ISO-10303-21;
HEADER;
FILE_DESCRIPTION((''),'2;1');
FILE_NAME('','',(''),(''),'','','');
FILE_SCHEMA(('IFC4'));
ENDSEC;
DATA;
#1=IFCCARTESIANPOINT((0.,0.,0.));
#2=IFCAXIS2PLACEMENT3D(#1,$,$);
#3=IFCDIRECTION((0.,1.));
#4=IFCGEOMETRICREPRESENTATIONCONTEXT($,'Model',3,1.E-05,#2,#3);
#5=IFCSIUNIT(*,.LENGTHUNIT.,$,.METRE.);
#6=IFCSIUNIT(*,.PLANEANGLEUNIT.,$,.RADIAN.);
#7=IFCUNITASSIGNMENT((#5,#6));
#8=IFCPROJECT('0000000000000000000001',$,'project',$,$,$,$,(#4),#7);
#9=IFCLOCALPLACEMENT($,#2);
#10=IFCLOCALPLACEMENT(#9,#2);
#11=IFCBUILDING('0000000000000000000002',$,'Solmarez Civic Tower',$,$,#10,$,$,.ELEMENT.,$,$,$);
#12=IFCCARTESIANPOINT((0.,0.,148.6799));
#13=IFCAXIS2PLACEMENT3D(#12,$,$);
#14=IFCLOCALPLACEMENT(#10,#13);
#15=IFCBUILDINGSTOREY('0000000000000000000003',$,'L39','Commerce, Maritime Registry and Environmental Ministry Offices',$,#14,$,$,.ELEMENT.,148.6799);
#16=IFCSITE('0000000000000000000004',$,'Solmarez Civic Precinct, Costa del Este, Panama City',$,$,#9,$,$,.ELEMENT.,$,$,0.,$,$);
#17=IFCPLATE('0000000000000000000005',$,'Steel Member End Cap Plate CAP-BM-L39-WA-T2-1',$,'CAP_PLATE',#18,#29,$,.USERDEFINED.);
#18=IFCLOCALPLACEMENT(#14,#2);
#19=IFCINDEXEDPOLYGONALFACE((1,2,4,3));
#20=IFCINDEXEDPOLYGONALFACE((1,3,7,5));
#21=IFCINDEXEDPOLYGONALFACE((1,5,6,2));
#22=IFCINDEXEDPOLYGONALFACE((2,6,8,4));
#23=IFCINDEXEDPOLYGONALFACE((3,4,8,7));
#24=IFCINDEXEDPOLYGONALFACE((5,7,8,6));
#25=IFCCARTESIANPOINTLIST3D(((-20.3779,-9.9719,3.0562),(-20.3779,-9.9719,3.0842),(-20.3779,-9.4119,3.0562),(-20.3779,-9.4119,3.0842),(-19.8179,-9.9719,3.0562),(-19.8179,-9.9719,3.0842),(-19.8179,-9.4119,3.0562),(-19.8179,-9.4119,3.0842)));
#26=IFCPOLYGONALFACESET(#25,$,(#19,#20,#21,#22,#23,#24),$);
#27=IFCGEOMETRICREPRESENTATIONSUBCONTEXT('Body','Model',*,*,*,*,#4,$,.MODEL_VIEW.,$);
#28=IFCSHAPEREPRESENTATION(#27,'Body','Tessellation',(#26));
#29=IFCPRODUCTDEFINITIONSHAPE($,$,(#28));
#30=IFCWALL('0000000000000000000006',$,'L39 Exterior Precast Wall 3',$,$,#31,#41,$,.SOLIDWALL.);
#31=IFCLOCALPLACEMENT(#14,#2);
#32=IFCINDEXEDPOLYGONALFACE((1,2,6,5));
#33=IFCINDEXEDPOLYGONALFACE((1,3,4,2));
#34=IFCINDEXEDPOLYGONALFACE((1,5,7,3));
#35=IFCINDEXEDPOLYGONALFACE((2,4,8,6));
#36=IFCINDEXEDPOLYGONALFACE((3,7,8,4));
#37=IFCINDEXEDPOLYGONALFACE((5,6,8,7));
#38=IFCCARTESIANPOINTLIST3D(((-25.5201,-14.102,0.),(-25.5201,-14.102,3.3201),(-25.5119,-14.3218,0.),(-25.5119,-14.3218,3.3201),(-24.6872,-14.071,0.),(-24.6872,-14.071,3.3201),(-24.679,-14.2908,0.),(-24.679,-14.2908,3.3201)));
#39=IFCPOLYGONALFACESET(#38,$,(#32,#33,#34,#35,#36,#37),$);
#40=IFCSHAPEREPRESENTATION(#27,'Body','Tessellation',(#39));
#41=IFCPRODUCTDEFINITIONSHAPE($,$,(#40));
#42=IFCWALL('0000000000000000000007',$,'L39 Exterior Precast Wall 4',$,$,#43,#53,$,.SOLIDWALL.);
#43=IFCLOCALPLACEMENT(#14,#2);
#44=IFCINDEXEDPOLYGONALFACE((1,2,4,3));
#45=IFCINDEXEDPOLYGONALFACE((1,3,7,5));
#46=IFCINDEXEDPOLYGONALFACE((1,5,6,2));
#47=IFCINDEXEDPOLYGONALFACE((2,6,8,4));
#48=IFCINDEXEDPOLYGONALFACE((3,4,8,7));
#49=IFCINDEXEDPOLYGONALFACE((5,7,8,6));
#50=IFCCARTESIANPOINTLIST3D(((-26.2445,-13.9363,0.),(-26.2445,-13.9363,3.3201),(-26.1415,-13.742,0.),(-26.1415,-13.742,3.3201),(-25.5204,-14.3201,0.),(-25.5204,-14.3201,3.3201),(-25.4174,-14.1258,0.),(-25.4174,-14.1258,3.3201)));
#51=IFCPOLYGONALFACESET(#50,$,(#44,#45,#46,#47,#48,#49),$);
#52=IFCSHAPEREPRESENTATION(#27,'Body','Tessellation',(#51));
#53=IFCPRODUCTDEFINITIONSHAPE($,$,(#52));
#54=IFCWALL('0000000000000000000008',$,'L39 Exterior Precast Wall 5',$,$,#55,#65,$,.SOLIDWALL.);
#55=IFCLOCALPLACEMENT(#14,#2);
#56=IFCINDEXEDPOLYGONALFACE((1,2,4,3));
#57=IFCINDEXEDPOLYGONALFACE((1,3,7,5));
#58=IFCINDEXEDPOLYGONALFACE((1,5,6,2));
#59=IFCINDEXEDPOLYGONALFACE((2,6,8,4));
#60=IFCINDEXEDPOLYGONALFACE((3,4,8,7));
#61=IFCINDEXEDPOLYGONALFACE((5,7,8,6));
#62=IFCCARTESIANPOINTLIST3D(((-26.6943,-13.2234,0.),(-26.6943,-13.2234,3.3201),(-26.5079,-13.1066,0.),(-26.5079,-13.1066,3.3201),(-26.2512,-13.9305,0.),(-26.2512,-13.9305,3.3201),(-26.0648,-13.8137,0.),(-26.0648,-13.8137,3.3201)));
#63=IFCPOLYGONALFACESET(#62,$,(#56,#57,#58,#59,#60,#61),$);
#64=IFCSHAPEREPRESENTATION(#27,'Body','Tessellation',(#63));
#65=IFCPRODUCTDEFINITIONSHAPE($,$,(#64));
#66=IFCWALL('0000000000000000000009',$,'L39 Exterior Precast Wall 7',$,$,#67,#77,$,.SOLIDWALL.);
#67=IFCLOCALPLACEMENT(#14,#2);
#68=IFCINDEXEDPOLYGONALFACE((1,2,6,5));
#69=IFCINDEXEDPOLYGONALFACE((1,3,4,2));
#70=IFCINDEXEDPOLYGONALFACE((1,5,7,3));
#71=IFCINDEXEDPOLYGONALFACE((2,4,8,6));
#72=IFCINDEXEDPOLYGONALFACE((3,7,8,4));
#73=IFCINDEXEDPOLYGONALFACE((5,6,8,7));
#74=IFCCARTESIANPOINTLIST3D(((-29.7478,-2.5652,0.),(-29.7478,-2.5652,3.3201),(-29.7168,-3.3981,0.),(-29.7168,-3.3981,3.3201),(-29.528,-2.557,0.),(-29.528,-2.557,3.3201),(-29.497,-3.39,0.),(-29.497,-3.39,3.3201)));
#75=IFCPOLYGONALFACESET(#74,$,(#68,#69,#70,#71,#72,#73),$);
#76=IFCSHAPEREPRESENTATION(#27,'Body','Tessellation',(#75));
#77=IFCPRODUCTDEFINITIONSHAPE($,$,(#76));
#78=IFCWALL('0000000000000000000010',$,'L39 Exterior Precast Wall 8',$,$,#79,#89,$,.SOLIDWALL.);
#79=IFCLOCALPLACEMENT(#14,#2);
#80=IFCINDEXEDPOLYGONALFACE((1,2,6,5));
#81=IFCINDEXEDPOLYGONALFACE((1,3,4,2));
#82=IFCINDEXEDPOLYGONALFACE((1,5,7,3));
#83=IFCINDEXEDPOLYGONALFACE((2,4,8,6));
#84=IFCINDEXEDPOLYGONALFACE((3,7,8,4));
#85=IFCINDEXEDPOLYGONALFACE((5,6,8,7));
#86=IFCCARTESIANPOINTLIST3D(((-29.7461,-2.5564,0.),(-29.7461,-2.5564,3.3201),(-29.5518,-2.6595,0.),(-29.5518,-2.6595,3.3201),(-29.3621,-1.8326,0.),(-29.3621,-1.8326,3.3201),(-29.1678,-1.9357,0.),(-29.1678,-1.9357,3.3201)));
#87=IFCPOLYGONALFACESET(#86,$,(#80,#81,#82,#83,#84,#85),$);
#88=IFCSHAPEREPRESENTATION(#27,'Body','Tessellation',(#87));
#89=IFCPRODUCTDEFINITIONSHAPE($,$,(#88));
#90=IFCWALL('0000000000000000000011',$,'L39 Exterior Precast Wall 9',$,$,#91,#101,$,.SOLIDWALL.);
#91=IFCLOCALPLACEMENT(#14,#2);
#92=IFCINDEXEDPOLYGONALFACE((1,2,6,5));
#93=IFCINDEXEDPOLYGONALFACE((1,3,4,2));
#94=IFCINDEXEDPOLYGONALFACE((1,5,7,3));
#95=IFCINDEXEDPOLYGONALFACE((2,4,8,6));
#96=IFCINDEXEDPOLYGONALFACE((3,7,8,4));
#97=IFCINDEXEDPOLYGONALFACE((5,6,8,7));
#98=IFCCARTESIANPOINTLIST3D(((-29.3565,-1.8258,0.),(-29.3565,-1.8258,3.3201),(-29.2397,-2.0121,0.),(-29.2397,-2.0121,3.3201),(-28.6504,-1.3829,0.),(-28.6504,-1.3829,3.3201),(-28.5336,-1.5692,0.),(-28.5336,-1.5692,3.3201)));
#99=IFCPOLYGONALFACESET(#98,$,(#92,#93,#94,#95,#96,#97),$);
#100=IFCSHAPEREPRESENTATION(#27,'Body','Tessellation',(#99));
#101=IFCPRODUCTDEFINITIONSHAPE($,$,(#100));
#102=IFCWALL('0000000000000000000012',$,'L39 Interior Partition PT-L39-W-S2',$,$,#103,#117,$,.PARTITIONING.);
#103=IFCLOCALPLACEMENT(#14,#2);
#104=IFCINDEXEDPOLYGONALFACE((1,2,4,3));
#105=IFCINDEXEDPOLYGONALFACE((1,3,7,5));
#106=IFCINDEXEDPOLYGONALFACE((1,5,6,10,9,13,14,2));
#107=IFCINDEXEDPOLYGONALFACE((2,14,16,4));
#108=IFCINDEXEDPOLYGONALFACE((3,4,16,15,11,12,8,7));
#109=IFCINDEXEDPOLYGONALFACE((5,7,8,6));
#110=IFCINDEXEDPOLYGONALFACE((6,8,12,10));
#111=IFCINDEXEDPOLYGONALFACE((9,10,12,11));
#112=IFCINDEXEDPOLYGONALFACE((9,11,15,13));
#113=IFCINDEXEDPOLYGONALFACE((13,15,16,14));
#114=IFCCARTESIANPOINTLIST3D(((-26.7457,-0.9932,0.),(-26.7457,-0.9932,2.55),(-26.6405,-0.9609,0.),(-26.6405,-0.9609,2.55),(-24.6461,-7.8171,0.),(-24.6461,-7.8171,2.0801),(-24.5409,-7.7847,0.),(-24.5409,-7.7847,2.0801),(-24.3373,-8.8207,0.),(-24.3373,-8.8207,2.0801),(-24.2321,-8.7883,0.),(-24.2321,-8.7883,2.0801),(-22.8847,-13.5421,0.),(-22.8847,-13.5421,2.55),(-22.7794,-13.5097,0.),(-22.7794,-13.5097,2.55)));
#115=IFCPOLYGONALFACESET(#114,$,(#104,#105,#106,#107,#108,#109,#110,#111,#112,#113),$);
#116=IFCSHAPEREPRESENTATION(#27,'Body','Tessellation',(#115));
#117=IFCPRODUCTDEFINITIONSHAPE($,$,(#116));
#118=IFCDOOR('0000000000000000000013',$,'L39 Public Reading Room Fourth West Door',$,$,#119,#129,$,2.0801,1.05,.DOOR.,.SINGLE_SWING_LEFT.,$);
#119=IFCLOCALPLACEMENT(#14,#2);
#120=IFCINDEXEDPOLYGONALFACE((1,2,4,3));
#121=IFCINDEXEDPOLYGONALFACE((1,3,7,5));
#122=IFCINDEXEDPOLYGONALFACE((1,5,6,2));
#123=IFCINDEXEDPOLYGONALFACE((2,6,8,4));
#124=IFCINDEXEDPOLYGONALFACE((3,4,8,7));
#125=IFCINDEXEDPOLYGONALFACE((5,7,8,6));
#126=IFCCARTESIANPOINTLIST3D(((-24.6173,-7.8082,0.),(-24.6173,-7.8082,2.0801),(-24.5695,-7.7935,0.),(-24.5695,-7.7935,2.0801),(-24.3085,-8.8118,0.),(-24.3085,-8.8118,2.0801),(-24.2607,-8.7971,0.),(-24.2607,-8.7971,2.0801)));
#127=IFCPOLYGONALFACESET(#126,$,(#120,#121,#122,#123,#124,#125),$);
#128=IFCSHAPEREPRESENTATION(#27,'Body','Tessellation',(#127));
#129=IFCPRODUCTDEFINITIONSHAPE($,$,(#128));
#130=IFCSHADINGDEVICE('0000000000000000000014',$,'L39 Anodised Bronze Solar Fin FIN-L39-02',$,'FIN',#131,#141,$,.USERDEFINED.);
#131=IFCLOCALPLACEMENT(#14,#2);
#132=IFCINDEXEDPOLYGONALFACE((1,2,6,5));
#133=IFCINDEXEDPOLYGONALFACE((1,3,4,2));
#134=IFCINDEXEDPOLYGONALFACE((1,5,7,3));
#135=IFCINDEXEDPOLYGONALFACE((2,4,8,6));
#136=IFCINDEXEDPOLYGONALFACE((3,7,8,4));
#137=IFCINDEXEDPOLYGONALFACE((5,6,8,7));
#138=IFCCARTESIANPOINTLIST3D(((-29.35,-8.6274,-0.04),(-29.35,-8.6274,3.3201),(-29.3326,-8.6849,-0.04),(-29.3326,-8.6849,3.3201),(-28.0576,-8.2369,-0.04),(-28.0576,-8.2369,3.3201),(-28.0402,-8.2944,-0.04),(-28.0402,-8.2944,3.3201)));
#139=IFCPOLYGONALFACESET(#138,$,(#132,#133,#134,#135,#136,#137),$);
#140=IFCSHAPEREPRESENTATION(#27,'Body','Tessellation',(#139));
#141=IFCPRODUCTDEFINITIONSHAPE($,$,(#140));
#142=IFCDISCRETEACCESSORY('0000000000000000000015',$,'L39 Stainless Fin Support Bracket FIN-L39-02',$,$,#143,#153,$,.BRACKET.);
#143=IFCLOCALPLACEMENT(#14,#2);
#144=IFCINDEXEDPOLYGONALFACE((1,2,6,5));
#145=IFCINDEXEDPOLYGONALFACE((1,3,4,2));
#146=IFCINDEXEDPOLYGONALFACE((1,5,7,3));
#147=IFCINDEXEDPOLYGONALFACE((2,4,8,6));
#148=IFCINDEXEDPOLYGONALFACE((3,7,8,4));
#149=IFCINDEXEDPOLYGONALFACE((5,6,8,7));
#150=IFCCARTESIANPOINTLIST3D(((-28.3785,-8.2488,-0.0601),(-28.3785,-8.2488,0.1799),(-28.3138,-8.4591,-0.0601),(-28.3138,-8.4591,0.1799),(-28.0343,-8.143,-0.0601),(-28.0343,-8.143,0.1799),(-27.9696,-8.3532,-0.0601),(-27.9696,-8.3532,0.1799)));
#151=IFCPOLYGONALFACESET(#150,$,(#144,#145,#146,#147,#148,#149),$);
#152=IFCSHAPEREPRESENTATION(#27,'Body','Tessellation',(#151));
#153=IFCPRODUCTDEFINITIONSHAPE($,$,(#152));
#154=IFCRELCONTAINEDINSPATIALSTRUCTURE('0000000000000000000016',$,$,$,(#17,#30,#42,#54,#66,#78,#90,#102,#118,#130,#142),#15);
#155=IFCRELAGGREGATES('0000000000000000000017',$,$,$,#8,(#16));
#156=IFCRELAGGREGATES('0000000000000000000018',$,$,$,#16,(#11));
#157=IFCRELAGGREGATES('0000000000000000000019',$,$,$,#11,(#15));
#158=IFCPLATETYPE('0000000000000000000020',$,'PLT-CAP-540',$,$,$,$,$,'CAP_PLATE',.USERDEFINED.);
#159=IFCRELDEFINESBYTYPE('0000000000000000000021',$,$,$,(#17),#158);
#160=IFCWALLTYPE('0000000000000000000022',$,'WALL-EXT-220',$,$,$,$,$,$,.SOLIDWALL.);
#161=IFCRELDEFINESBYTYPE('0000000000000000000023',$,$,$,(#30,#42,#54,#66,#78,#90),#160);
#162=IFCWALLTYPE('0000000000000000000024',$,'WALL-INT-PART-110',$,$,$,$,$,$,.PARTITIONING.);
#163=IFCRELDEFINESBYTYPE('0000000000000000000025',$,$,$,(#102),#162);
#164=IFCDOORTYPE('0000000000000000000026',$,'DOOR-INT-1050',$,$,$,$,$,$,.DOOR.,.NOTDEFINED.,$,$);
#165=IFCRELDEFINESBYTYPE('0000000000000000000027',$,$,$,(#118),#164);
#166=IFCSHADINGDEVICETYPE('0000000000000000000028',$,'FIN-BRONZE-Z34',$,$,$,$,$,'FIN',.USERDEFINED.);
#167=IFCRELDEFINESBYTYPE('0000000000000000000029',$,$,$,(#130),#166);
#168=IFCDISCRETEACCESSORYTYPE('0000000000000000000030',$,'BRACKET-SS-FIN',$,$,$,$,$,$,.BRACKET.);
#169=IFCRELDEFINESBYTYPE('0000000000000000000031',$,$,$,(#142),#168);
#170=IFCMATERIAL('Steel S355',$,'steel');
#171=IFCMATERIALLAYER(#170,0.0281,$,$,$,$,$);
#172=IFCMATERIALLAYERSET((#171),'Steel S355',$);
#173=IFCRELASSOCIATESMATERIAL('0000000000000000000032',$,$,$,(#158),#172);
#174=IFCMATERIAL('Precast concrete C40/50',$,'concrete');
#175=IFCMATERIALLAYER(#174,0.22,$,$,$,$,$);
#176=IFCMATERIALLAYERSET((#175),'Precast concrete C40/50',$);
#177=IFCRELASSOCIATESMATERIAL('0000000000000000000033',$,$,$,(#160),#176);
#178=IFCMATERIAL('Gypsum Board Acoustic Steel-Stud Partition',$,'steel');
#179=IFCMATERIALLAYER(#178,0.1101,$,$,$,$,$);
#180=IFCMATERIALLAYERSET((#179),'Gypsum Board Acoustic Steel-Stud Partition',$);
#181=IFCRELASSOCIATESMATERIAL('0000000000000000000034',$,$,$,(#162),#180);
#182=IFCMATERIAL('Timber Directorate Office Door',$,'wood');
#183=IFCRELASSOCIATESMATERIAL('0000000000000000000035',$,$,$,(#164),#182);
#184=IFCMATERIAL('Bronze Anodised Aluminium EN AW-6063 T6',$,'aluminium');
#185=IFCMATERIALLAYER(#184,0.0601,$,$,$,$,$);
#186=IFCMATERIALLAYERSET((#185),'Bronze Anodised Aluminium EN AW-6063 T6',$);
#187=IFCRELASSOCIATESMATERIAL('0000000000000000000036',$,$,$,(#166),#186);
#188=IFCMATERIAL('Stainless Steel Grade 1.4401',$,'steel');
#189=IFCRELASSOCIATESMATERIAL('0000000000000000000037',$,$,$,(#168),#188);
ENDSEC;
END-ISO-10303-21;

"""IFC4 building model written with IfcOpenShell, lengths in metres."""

from ifc_helpers import new_model, si_unit, direction, frame, frame_2d, origin, origin_2d, place, context, subcontext, project, spatial, rectangle, extrude, material, layer, layer_set, type_object, element, fill, save


model = new_model("IFC4")

# Units and contexts
model_context = context("Model", 3, precision=1e-05, world=origin(), true_north=direction((0.0, 1.0)))
body_context = subcontext(model_context, "Body", "Model", "MODEL_VIEW")
ifc_project = project(units=[si_unit("LENGTHUNIT", "METRE"), si_unit("PLANEANGLEUNIT", "RADIAN")], contexts=[model_context])

# Site, building, storey
site_placement = place(None, origin())
site = spatial("IfcSite", under=ifc_project, at=site_placement, Name="Solmarez Civic Precinct, Costa del Este, Panama City", CompositionType="ELEMENT", RefElevation=0.0)
building_placement = place(site_placement, origin())
building = spatial("IfcBuilding", under=site, at=building_placement, Name="Solmarez Civic Tower", CompositionType="ELEMENT")
storey_placement = place(building_placement, frame((0.0, 0.0, 148.6799)))
storey = spatial("IfcBuildingStorey", under=building, at=storey_placement, Name="L39", Description="Commerce, Maritime Registry and Environmental Ministry Offices", CompositionType="ELEMENT", Elevation=148.6799)

# Shared definitions
ifc_material_1 = material(Name="Steel S355", Category="steel")

# Shared definitions
ifc_material_2 = material(Name="Bronze Anodised Aluminium EN AW-6063 T6", Category="aluminium")

# Plate
ifc_layer_1 = layer(ifc_material_1, 0.0281)
ifc_layer_set_1 = layer_set([ifc_layer_1], Name="Steel S355")
plate_type_1 = type_object("IfcPlateType", Name="PLT-CAP-540", ElementType="CAP_PLATE", PredefinedType="USERDEFINED", material=ifc_layer_set_1)
for number, where, z_axis, x_axis, name in (
    (1, (-20.0979, -9.6919, 3.0562), (0.0, 0.0, 1.0), (1.0, 0.0, 0.0), "Steel Member End Cap Plate CAP-BM-L39-WA-T2-1"),
):
    element("IfcPlate", number, at=place(storey_placement, frame(where, z_axis=z_axis, x_axis=x_axis)), inside=storey, type_object=plate_type_1, Name=name, ObjectType="CAP_PLATE", PredefinedType="USERDEFINED", context=body_context, shape_type="SweptSolid", body=[
        extrude(rectangle(XDim=0.5601, YDim=0.5601, at=origin_2d()), origin(), (0.0, 0.0, 1.0), 0.0281),
    ])

# Walls
ifc_material_3 = material(Name="Precast concrete C40/50", Category="concrete")
ifc_layer_2 = layer(ifc_material_3, 0.22)
ifc_layer_set_2 = layer_set([ifc_layer_2], Name="Precast concrete C40/50")
wall_type_1 = type_object("IfcWallType", Name="WALL-EXT-220", PredefinedType="SOLIDWALL", material=ifc_layer_set_2)
wall_1_placement = place(storey_placement, frame((-24.6831, -14.1809, 0.0), z_axis=(0.0, 0.0, 1.0), x_axis=(-0.999308, -0.037196, 0.0)))
element("IfcWall", 2, at=wall_1_placement, inside=storey, type_object=wall_type_1, Name="L39 Exterior Precast Wall 3", PredefinedType="SOLIDWALL", context=body_context, shape_type="SweptSolid", body=[
    extrude(rectangle(XDim=0.8335, YDim=0.22, at=frame_2d((0.4167, 0.0))), origin(), (0.0, 0.0, 1.0), 3.3201),
])
wall_2_placement = place(storey_placement, frame((-25.469, -14.2229, 0.0), z_axis=(0.0, 0.0, 1.0), x_axis=(-0.88357, 0.468298, 0.0)))
element("IfcWall", 3, at=wall_2_placement, inside=storey, type_object=wall_type_1, Name="L39 Exterior Precast Wall 4", PredefinedType="SOLIDWALL", context=body_context, shape_type="SweptSolid", body=[
    extrude(rectangle(XDim=0.8196, YDim=0.22, at=frame_2d((0.4097, 0.0))), origin(), (0.0, 0.0, 1.0), 3.3201),
])
wall_3_placement = place(storey_placement, frame((-26.158, -13.8721, 0.0), z_axis=(0.0, 0.0, 1.0), x_axis=(-0.531051, 0.84734, 0.0)))
element("IfcWall", 4, at=wall_3_placement, inside=storey, type_object=wall_type_1, Name="L39 Exterior Precast Wall 5", PredefinedType="SOLIDWALL", context=body_context, shape_type="SweptSolid", body=[
    extrude(rectangle(XDim=0.8345, YDim=0.22, at=frame_2d((0.4172, 0.0))), origin(), (0.0, 0.0, 1.0), 3.3201),
])
wall_4_placement = place(storey_placement, frame((-29.6069, -3.394, 0.0), z_axis=(0.0, 0.0, 1.0), x_axis=(-0.037196, 0.999308, 0.0)))
element("IfcWall", 5, at=wall_4_placement, inside=storey, type_object=wall_type_1, Name="L39 Exterior Precast Wall 7", PredefinedType="SOLIDWALL", context=body_context, shape_type="SweptSolid", body=[
    extrude(rectangle(XDim=0.8335, YDim=0.22, at=frame_2d((0.4167, 0.0))), origin(), (0.0, 0.0, 1.0), 3.3201),
])
wall_5_placement = place(storey_placement, frame((-29.6489, -2.6079, 0.0), z_axis=(0.0, 0.0, 1.0), x_axis=(0.468654, 0.883382, 0.0)))
element("IfcWall", 6, at=wall_5_placement, inside=storey, type_object=wall_type_1, Name="L39 Exterior Precast Wall 8", PredefinedType="SOLIDWALL", context=body_context, shape_type="SweptSolid", body=[
    extrude(rectangle(XDim=0.8193, YDim=0.22, at=frame_2d((0.4097, 0.0))), origin(), (0.0, 0.0, 1.0), 3.3201),
])
wall_6_placement = place(storey_placement, frame((-29.2981, -1.9189, 0.0), z_axis=(0.0, 0.0, 1.0), x_axis=(0.847141, 0.531367, 0.0)))
element("IfcWall", 7, at=wall_6_placement, inside=storey, type_object=wall_type_1, Name="L39 Exterior Precast Wall 9", PredefinedType="SOLIDWALL", context=body_context, shape_type="SweptSolid", body=[
    extrude(rectangle(XDim=0.8335, YDim=0.22, at=frame_2d((0.4167, 0.0))), origin(), (0.0, 0.0, 1.0), 3.3201),
])

# Wall, opening, door
ifc_material_4 = material(Name="Gypsum Board Acoustic Steel-Stud Partition", Category="steel")
ifc_layer_3 = layer(ifc_material_4, 0.1101)
ifc_layer_set_3 = layer_set([ifc_layer_3], Name="Gypsum Board Acoustic Steel-Stud Partition")
wall_type_2 = type_object("IfcWallType", Name="WALL-INT-PART-110", PredefinedType="PARTITIONING", material=ifc_layer_set_3)
wall_7_placement = place(storey_placement, frame((-22.832, -13.5259, 0.0), z_axis=(0.0, 0.0, 1.0), x_axis=(-0.294079, 0.955781, 0.0)))
wall_7 = element("IfcWall", 8, at=wall_7_placement, inside=storey, type_object=wall_type_2, Name="L39 Interior Partition PT-L39-W-S2", PredefinedType="PARTITIONING", context=body_context, shape_type="SweptSolid", body=[
    extrude(rectangle(XDim=13.1294, YDim=0.1101, at=frame_2d((6.5647, 0.0))), origin(), (0.0, 0.0, 1.0), 2.55),
])
opening_placement = place(wall_7_placement, frame((4.9399, 0.0, 0.0)))
opening = element("IfcOpeningElement", 9, at=opening_placement, cuts=wall_7, PredefinedType="OPENING", context=body_context, shape_type="SweptSolid", body=[
    extrude(rectangle(XDim=1.05, YDim=2.0801, at=frame_2d((0.5249, 1.04))), frame((0.0, 0.0649, 0.0), z_axis=(0.0, -1.0, 0.0), x_axis=(1.0, 0.0, 0.0)), (0.0, 0.0, 1.0), 0.1301),
])
ifc_material_5 = material(Name="Timber Directorate Office Door", Category="wood")
door_type = type_object("IfcDoorType", Name="DOOR-INT-1050", OperationType="NOTDEFINED", PredefinedType="DOOR", material=ifc_material_5)
door_placement = place(opening_placement, origin())
door = element("IfcDoor", 10, at=door_placement, inside=storey, type_object=door_type, Name="L39 Public Reading Room Fourth West Door", OperationType="SINGLE_SWING_LEFT", OverallHeight=2.0801, OverallWidth=1.05, PredefinedType="DOOR", context=body_context, shape_type="SweptSolid", body=[
    extrude(rectangle(XDim=1.05, YDim=2.0801, at=frame_2d((0.5249, 1.04))), frame((0.0, 0.0249, 0.0), z_axis=(0.0, -1.0, 0.0), x_axis=(1.0, 0.0, 0.0)), (0.0, 0.0, 1.0), 0.05),
])
fill(opening, door)

# Shading device
ifc_layer_4 = layer(ifc_material_2, 0.0601)
ifc_layer_set_4 = layer_set([ifc_layer_4], Name="Bronze Anodised Aluminium EN AW-6063 T6")
shading_device_type = type_object("IfcShadingDeviceType", Name="FIN-BRONZE-Z34", ElementType="FIN", PredefinedType="USERDEFINED", material=ifc_layer_set_4)
shading_device_placement = place(storey_placement, frame((-28.6951, -8.4609, -0.04), z_axis=(0.0, 0.0, 1.0), x_axis=(-0.957259, -0.289232, 0.0)))
element("IfcShadingDevice", 11, at=shading_device_placement, inside=storey, type_object=shading_device_type, Name="L39 Anodised Bronze Solar Fin FIN-L39-02", ObjectType="FIN", PredefinedType="USERDEFINED", context=body_context, shape_type="SweptSolid", body=[
    extrude(rectangle(XDim=1.3501, YDim=0.0601, at=origin_2d()), origin(), (0.0, 0.0, 1.0), 3.3601),
])

# Discrete accessory
ifc_material_6 = material(Name="Stainless Steel Grade 1.4401", Category="steel")
discrete_accessory_type = type_object("IfcDiscreteAccessoryType", Name="BRACKET-SS-FIN", PredefinedType="BRACKET", material=ifc_material_6)
discrete_accessory_placement = place(storey_placement, frame((-28.1741, -8.301, -0.0601), z_axis=(0.0, 0.0, 1.0), x_axis=(-0.955796, -0.294031, 0.0)))
element("IfcDiscreteAccessory", 12, at=discrete_accessory_placement, inside=storey, type_object=discrete_accessory_type, Name="L39 Stainless Fin Support Bracket FIN-L39-02", PredefinedType="BRACKET", context=body_context, shape_type="SweptSolid", body=[
    extrude(rectangle(XDim=0.3601, YDim=0.22, at=origin_2d()), origin(), (0.0, 0.0, 1.0), 0.24),
])

save(model, "model.ifc")
